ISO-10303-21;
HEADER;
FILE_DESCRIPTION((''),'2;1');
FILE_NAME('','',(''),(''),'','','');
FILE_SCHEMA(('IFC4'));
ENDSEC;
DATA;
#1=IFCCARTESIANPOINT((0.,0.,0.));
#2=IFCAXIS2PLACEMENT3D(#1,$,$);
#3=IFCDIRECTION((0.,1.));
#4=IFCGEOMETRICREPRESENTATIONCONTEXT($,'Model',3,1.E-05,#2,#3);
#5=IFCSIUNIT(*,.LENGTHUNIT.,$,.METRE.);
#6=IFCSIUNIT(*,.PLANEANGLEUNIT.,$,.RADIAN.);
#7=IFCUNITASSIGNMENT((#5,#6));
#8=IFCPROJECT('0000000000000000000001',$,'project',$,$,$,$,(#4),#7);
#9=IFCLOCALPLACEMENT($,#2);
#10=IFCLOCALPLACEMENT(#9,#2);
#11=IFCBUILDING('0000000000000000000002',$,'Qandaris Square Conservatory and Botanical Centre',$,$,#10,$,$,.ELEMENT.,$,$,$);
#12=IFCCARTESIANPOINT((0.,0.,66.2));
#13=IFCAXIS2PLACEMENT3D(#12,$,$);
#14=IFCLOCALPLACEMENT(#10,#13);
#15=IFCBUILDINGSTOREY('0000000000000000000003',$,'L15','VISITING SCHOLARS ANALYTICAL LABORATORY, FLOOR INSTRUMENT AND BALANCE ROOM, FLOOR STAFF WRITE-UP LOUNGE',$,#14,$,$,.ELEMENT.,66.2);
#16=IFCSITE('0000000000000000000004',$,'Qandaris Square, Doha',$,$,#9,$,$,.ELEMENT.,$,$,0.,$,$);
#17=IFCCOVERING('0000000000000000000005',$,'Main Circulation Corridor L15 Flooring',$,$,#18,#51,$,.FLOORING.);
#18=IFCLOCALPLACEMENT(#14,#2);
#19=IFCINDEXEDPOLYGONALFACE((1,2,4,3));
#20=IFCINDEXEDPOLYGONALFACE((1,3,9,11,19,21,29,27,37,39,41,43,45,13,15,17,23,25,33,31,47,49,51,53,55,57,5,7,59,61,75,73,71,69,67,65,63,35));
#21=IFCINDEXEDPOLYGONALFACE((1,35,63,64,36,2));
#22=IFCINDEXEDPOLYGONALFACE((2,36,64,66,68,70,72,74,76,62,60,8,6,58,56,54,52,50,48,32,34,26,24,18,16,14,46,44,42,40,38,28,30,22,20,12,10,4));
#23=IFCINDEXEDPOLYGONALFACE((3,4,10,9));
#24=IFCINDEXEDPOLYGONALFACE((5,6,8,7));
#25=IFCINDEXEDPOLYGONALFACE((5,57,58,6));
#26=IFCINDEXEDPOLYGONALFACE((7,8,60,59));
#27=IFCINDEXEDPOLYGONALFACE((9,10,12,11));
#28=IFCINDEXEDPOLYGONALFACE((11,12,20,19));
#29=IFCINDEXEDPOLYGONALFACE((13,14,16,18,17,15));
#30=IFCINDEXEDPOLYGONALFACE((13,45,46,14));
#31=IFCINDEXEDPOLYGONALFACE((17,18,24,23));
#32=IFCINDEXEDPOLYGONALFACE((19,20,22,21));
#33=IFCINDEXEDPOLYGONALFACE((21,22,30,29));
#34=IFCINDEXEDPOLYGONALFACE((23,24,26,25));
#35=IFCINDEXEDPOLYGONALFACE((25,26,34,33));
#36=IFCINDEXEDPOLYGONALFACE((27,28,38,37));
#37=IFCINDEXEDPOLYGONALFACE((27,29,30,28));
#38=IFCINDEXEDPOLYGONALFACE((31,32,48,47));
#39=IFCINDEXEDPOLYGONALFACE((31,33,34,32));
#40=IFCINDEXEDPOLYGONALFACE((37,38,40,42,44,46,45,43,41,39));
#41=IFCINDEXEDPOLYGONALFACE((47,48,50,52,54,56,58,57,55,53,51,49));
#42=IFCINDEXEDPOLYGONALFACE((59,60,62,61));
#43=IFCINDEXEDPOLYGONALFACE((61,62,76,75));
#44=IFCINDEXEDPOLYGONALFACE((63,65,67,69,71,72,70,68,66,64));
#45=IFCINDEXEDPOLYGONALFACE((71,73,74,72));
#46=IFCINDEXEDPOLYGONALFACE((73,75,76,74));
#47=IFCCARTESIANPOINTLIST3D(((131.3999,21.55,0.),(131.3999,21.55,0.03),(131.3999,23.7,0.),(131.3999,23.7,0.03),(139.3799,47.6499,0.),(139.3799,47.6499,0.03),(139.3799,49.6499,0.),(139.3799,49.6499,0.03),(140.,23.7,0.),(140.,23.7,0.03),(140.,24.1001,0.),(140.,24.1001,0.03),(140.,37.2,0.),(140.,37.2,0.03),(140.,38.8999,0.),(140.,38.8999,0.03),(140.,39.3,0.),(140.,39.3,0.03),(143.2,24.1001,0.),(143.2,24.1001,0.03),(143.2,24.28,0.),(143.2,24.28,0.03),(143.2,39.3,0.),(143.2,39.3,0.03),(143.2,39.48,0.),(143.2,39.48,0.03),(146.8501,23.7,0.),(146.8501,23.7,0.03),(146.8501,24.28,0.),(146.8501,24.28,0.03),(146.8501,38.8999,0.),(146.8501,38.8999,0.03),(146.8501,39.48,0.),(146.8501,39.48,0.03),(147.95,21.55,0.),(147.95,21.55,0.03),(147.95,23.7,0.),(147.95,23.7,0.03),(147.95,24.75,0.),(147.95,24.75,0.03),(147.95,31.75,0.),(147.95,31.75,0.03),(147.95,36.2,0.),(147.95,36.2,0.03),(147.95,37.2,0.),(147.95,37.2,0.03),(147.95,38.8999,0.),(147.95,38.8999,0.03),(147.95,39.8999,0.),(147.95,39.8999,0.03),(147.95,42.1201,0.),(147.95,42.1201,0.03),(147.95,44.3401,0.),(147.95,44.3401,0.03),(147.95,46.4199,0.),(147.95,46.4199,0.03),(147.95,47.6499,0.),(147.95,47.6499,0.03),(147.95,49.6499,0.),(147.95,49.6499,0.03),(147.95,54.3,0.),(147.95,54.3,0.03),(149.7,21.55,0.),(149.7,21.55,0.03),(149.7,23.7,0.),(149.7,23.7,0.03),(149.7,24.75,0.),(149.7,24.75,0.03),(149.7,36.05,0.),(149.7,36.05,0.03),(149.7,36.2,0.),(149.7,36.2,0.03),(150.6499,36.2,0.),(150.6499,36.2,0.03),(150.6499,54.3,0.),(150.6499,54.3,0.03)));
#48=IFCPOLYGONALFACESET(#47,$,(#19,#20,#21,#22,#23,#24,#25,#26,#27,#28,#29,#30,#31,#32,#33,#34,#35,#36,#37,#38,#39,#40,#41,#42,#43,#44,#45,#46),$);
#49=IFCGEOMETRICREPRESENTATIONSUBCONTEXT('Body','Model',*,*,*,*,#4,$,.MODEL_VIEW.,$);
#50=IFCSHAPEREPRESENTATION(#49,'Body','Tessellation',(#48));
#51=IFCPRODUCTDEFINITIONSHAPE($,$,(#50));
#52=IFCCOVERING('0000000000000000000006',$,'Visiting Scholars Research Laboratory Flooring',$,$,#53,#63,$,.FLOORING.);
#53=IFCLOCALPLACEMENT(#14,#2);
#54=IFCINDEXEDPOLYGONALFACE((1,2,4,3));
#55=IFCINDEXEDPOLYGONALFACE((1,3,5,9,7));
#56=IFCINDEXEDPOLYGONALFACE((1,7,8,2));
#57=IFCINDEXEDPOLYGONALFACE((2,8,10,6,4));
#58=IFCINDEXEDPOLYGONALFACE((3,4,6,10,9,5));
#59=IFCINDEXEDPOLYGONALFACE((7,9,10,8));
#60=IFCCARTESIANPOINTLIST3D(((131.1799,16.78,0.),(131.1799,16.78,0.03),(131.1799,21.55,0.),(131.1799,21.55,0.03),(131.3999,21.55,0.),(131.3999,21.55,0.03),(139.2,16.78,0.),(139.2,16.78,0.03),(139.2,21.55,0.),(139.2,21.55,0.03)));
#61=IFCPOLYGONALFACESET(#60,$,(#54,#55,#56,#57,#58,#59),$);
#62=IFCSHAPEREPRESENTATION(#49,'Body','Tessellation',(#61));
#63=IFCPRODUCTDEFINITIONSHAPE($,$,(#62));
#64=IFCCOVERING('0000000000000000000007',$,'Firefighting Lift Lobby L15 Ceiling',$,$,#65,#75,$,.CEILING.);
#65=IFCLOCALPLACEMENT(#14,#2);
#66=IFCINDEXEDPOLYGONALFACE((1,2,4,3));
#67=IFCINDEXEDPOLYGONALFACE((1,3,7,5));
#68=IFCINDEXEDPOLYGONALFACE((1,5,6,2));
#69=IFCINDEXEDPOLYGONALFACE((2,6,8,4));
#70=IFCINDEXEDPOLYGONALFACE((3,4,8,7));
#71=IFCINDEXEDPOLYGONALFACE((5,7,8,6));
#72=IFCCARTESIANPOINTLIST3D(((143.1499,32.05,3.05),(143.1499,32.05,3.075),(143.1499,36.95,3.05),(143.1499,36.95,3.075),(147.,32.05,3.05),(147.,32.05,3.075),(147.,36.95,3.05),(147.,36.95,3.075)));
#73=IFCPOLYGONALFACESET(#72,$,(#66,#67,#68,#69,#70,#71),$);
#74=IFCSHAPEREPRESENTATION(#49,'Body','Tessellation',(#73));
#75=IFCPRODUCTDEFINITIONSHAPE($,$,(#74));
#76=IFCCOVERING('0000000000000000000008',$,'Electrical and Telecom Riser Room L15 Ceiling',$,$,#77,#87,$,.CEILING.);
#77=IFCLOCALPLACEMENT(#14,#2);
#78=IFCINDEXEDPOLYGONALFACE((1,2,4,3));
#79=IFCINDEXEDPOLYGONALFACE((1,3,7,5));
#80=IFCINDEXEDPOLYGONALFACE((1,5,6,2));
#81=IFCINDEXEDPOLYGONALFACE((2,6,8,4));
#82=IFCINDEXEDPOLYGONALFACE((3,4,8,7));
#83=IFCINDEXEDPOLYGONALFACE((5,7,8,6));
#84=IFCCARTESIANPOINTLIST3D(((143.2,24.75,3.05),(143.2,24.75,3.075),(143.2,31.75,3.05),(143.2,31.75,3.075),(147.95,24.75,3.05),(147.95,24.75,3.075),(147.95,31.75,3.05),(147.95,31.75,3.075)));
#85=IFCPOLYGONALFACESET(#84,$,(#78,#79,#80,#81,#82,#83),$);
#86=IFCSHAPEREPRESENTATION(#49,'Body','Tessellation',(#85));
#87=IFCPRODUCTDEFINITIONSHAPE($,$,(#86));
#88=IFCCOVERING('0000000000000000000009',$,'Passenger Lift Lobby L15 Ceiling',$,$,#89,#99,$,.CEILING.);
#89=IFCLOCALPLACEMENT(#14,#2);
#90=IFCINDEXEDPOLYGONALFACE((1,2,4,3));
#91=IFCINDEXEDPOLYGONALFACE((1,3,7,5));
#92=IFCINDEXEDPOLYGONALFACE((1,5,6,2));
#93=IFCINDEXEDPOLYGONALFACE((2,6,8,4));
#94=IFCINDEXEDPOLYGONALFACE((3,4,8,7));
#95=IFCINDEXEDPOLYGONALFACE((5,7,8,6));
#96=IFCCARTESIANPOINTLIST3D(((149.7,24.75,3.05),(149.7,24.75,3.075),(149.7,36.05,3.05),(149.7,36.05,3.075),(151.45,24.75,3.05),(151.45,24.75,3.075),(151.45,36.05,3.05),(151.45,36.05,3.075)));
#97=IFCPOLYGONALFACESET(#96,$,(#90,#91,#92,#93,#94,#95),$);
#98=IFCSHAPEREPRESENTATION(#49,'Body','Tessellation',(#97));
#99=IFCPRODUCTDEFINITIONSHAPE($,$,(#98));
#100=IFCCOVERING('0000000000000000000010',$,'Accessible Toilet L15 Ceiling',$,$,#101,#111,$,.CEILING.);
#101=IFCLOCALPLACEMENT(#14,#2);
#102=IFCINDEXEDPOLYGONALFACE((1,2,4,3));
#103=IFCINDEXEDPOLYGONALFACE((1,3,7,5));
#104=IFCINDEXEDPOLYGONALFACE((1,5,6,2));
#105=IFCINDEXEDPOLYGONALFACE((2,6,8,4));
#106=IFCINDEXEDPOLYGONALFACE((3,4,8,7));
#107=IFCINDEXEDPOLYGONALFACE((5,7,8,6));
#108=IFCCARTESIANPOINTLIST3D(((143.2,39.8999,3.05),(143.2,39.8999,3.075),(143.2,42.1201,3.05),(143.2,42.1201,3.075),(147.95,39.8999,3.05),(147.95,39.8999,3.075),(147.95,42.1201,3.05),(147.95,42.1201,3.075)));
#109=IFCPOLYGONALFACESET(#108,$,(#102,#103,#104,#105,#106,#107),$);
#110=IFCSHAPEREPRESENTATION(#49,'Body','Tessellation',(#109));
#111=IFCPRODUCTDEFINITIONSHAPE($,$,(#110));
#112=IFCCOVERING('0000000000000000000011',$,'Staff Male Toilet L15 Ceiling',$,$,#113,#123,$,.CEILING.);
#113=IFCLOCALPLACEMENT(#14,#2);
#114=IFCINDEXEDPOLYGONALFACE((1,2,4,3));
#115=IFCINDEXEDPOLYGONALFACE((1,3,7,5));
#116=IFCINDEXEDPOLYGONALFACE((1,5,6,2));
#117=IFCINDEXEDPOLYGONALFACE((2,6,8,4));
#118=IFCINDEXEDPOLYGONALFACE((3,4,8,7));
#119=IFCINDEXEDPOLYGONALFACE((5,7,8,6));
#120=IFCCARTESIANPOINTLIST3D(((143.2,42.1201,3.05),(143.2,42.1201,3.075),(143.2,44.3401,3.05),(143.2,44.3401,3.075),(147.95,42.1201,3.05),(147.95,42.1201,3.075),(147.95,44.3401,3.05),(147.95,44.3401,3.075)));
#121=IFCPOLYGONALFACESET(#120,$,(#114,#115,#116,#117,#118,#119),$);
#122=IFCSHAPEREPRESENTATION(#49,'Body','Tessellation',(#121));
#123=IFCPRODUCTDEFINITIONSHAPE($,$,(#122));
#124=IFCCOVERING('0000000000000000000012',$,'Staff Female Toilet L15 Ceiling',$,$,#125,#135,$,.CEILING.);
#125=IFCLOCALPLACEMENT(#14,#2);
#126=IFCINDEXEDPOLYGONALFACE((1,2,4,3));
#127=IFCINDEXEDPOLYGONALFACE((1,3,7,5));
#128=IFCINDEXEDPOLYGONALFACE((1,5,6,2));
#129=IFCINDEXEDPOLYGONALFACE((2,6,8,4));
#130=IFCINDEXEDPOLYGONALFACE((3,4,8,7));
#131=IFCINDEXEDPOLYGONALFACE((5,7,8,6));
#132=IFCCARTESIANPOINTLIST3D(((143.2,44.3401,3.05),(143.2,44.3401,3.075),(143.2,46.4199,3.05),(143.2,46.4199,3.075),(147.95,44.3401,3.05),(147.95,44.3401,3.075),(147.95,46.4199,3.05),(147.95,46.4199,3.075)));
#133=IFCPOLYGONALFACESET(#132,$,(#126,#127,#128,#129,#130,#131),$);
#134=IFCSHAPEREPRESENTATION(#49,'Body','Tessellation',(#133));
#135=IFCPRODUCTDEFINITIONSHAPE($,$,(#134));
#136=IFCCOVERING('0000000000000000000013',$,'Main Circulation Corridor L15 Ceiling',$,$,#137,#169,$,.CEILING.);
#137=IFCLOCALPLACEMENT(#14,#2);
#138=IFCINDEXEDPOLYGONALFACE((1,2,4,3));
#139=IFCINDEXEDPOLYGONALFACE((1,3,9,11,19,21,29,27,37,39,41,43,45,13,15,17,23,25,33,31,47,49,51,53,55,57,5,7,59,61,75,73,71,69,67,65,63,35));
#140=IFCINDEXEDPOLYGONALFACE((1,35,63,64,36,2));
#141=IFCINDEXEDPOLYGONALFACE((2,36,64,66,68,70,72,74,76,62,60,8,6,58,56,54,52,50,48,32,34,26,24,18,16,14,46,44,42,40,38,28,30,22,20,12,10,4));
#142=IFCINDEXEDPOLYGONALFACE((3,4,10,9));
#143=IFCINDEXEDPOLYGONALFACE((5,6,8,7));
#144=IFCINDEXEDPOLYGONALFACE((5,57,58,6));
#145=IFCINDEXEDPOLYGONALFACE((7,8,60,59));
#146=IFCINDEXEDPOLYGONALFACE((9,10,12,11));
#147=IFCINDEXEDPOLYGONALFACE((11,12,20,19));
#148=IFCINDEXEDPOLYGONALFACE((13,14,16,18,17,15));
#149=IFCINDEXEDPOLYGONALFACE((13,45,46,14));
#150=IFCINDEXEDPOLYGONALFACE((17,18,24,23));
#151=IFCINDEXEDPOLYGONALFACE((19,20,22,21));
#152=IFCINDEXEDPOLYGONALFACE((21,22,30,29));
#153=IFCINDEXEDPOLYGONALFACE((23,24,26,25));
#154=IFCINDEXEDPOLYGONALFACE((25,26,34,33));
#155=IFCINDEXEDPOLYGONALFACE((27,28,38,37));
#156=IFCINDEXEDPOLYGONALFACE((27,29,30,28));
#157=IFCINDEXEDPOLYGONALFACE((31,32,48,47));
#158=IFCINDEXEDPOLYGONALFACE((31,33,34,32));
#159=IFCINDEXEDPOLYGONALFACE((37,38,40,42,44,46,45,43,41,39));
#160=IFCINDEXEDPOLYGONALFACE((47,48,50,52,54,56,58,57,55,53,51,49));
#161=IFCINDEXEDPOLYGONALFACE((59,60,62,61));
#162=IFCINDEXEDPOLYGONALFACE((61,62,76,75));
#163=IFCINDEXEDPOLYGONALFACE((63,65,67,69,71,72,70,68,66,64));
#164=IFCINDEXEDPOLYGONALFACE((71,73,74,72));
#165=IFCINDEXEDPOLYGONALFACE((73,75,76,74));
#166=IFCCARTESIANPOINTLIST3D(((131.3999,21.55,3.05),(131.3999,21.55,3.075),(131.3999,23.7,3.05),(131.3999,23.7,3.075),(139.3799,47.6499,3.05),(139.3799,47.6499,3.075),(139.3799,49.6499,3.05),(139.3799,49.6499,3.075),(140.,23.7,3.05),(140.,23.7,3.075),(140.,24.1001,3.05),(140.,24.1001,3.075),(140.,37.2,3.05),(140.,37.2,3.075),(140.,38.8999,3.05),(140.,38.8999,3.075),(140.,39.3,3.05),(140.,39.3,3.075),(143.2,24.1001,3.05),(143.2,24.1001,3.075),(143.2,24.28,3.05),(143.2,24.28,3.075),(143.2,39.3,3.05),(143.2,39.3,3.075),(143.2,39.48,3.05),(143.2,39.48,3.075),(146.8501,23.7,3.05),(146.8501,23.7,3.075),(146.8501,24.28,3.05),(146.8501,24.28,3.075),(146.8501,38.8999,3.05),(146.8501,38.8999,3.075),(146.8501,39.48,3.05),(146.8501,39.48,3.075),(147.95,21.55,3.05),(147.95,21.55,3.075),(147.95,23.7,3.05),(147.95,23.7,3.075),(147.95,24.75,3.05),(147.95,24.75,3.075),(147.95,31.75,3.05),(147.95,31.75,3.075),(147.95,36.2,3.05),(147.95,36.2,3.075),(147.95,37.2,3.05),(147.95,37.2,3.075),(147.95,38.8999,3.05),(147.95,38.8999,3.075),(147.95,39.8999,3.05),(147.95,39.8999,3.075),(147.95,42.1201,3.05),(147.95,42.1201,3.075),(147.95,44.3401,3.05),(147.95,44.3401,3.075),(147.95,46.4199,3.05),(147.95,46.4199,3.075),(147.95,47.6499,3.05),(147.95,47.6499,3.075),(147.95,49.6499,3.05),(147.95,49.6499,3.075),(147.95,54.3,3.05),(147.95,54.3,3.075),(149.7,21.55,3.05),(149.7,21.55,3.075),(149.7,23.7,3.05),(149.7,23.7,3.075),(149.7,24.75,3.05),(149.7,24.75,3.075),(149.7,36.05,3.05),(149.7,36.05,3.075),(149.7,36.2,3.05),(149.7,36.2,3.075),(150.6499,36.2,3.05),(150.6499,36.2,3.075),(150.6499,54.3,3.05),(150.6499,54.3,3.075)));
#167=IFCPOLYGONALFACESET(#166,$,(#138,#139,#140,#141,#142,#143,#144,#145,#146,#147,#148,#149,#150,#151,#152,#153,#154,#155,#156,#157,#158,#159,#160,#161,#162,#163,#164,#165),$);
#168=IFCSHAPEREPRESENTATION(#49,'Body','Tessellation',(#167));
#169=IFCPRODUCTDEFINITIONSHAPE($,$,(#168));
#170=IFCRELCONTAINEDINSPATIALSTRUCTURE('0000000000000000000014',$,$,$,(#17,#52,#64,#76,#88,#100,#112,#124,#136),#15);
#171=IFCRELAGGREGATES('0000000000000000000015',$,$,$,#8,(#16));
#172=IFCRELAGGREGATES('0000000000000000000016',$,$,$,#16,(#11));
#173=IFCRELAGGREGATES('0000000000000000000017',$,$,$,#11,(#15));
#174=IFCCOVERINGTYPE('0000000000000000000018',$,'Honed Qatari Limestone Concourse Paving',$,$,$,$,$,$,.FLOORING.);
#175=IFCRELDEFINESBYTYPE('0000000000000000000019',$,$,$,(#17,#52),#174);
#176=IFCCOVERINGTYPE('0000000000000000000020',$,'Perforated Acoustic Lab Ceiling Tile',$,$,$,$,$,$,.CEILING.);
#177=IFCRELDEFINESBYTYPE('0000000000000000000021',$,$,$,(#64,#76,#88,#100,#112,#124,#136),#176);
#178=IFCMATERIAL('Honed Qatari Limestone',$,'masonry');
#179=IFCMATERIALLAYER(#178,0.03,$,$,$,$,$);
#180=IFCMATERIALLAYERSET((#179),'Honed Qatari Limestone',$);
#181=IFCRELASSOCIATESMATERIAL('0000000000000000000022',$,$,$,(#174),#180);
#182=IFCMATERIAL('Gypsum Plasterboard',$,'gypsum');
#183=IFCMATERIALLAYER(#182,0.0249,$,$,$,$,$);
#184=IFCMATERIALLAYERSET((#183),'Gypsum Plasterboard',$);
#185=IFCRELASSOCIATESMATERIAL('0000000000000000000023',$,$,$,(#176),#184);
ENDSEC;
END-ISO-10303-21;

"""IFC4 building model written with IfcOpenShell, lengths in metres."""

from ifc_helpers import new_model, si_unit, direction, frame, origin, place, context, subcontext, project, spatial, polyline, outline, extrude, material, layer, layer_set, type_object, element, save


model = new_model("IFC4")

# Units and contexts
model_context = context("Model", 3, precision=1e-05, world=origin(), true_north=direction((0.0, 1.0)))
body_context = subcontext(model_context, "Body", "Model", "MODEL_VIEW")
ifc_project = project(units=[si_unit("LENGTHUNIT", "METRE"), si_unit("PLANEANGLEUNIT", "RADIAN")], contexts=[model_context])

# Site, building, storey
site_placement = place(None, origin())
site = spatial("IfcSite", under=ifc_project, at=site_placement, Name="Qandaris Square, Doha", CompositionType="ELEMENT", RefElevation=0.0)
building_placement = place(site_placement, origin())
building = spatial("IfcBuilding", under=site, at=building_placement, Name="Qandaris Square Conservatory and Botanical Centre", CompositionType="ELEMENT")
storey_placement = place(building_placement, frame((0.0, 0.0, 66.2)))
storey = spatial("IfcBuildingStorey", under=building, at=storey_placement, Name="L15", Description="VISITING SCHOLARS ANALYTICAL LABORATORY, FLOOR INSTRUMENT AND BALANCE ROOM, FLOOR STAFF WRITE-UP LOUNGE", CompositionType="ELEMENT", Elevation=66.2)

# Coverings
ifc_material_1 = material(Name="Honed Qatari Limestone", Category="masonry")
ifc_layer_1 = layer(ifc_material_1, 0.03)
ifc_layer_set_1 = layer_set([ifc_layer_1], Name="Honed Qatari Limestone")
covering_type_1 = type_object("IfcCoveringType", Name="Honed Qatari Limestone Concourse Paving", PredefinedType="FLOORING", material=ifc_layer_set_1)
covering_1_placement = place(storey_placement, origin())
element("IfcCovering", 1, at=covering_1_placement, inside=storey, type_object=covering_type_1, Name="Main Circulation Corridor L15 Flooring", PredefinedType="FLOORING", context=body_context, shape_type="SweptSolid", body=[
    extrude(outline(polyline([(140.0, 24.1001), (143.2, 24.1001), (143.2, 24.28), (146.8501, 24.28), (146.8501, 23.7), (147.95, 23.7), (147.95, 24.75), (147.95, 31.75), (147.95, 36.2), (147.95, 37.2), (140.0, 37.2), (140.0, 38.8999), (140.0, 39.3), (143.2, 39.3), (143.2, 39.48), (146.8501, 39.48), (146.8501, 38.8999), (147.95, 38.8999), (147.95, 39.8999), (147.95, 42.1201), (147.95, 44.3401), (147.95, 46.4199), (147.95, 47.6499), (139.3799, 47.6499), (139.3799, 49.6499), (147.95, 49.6499), (147.95, 54.3), (150.6499, 54.3), (150.6499, 36.2), (149.7, 36.2), (149.7, 36.05), (149.7, 24.75), (149.7, 23.7), (149.7, 21.55), (147.95, 21.55), (131.3999, 21.55), (131.3999, 23.7), (140.0, 23.7), (140.0, 24.1001)])), origin(), (0.0, 0.0, 1.0), 0.03),
])
covering_2_placement = place(storey_placement, origin())
element("IfcCovering", 2, at=covering_2_placement, inside=storey, type_object=covering_type_1, Name="Visiting Scholars Research Laboratory Flooring", PredefinedType="FLOORING", context=body_context, shape_type="SweptSolid", body=[
    extrude(outline(polyline([(131.1799, 16.78), (131.1799, 21.55), (131.3999, 21.55), (139.2, 21.55), (139.2, 16.78), (131.1799, 16.78)])), origin(), (0.0, 0.0, 1.0), 0.03),
])
ifc_material_2 = material(Name="Gypsum Plasterboard", Category="gypsum")
ifc_layer_2 = layer(ifc_material_2, 0.0249)
ifc_layer_set_2 = layer_set([ifc_layer_2], Name="Gypsum Plasterboard")
covering_type_2 = type_object("IfcCoveringType", Name="Perforated Acoustic Lab Ceiling Tile", PredefinedType="CEILING", material=ifc_layer_set_2)
covering_3_placement = place(storey_placement, frame((0.0, 0.0, 3.05)))
element("IfcCovering", 3, at=covering_3_placement, inside=storey, type_object=covering_type_2, Name="Firefighting Lift Lobby L15 Ceiling", PredefinedType="CEILING", context=body_context, shape_type="SweptSolid", body=[
    extrude(outline(polyline([(143.1499, 36.95), (147.0, 36.95), (147.0, 32.05), (143.1499, 32.05), (143.1499, 36.95)])), origin(), (0.0, 0.0, 1.0), 0.0249),
])
covering_4_placement = place(storey_placement, frame((0.0, 0.0, 3.05)))
element("IfcCovering", 4, at=covering_4_placement, inside=storey, type_object=covering_type_2, Name="Electrical and Telecom Riser Room L15 Ceiling", PredefinedType="CEILING", context=body_context, shape_type="SweptSolid", body=[
    extrude(outline(polyline([(147.95, 31.75), (147.95, 24.75), (143.2, 24.75), (143.2, 31.75), (147.95, 31.75)])), origin(), (0.0, 0.0, 1.0), 0.0249),
])
covering_5_placement = place(storey_placement, frame((0.0, 0.0, 3.05)))
element("IfcCovering", 5, at=covering_5_placement, inside=storey, type_object=covering_type_2, Name="Passenger Lift Lobby L15 Ceiling", PredefinedType="CEILING", context=body_context, shape_type="SweptSolid", body=[
    extrude(outline(polyline([(149.7, 36.05), (151.45, 36.05), (151.45, 24.75), (149.7, 24.75), (149.7, 36.05)])), origin(), (0.0, 0.0, 1.0), 0.0249),
])
covering_6_placement = place(storey_placement, frame((0.0, 0.0, 3.05)))
element("IfcCovering", 6, at=covering_6_placement, inside=storey, type_object=covering_type_2, Name="Accessible Toilet L15 Ceiling", PredefinedType="CEILING", context=body_context, shape_type="SweptSolid", body=[
    extrude(outline(polyline([(147.95, 42.1201), (147.95, 39.8999), (143.2, 39.8999), (143.2, 42.1201), (147.95, 42.1201)])), origin(), (0.0, 0.0, 1.0), 0.0249),
])
covering_7_placement = place(storey_placement, frame((0.0, 0.0, 3.05)))
element("IfcCovering", 7, at=covering_7_placement, inside=storey, type_object=covering_type_2, Name="Staff Male Toilet L15 Ceiling", PredefinedType="CEILING", context=body_context, shape_type="SweptSolid", body=[
    extrude(outline(polyline([(147.95, 44.3401), (147.95, 42.1201), (143.2, 42.1201), (143.2, 44.3401), (147.95, 44.3401)])), origin(), (0.0, 0.0, 1.0), 0.0249),
])
covering_8_placement = place(storey_placement, frame((0.0, 0.0, 3.05)))
element("IfcCovering", 8, at=covering_8_placement, inside=storey, type_object=covering_type_2, Name="Staff Female Toilet L15 Ceiling", PredefinedType="CEILING", context=body_context, shape_type="SweptSolid", body=[
    extrude(outline(polyline([(147.95, 46.4199), (147.95, 44.3401), (143.2, 44.3401), (143.2, 46.4199), (147.95, 46.4199)])), origin(), (0.0, 0.0, 1.0), 0.0249),
])
covering_9_placement = place(storey_placement, frame((0.0, 0.0, 3.05)))
element("IfcCovering", 9, at=covering_9_placement, inside=storey, type_object=covering_type_2, Name="Main Circulation Corridor L15 Ceiling", PredefinedType="CEILING", context=body_context, shape_type="SweptSolid", body=[
    extrude(outline(polyline([(140.0, 24.1001), (143.2, 24.1001), (143.2, 24.28), (146.8501, 24.28), (146.8501, 23.7), (147.95, 23.7), (147.95, 24.75), (147.95, 31.75), (147.95, 36.2), (147.95, 37.2), (140.0, 37.2), (140.0, 38.8999), (140.0, 39.3), (143.2, 39.3), (143.2, 39.48), (146.8501, 39.48), (146.8501, 38.8999), (147.95, 38.8999), (147.95, 39.8999), (147.95, 42.1201), (147.95, 44.3401), (147.95, 46.4199), (147.95, 47.6499), (139.3799, 47.6499), (139.3799, 49.6499), (147.95, 49.6499), (147.95, 54.3), (150.6499, 54.3), (150.6499, 36.2), (149.7, 36.2), (149.7, 36.05), (149.7, 24.75), (149.7, 23.7), (149.7, 21.55), (147.95, 21.55), (131.3999, 21.55), (131.3999, 23.7), (140.0, 23.7), (140.0, 24.1001)])), origin(), (0.0, 0.0, 1.0), 0.0249),
])

save(model, "model.ifc")
